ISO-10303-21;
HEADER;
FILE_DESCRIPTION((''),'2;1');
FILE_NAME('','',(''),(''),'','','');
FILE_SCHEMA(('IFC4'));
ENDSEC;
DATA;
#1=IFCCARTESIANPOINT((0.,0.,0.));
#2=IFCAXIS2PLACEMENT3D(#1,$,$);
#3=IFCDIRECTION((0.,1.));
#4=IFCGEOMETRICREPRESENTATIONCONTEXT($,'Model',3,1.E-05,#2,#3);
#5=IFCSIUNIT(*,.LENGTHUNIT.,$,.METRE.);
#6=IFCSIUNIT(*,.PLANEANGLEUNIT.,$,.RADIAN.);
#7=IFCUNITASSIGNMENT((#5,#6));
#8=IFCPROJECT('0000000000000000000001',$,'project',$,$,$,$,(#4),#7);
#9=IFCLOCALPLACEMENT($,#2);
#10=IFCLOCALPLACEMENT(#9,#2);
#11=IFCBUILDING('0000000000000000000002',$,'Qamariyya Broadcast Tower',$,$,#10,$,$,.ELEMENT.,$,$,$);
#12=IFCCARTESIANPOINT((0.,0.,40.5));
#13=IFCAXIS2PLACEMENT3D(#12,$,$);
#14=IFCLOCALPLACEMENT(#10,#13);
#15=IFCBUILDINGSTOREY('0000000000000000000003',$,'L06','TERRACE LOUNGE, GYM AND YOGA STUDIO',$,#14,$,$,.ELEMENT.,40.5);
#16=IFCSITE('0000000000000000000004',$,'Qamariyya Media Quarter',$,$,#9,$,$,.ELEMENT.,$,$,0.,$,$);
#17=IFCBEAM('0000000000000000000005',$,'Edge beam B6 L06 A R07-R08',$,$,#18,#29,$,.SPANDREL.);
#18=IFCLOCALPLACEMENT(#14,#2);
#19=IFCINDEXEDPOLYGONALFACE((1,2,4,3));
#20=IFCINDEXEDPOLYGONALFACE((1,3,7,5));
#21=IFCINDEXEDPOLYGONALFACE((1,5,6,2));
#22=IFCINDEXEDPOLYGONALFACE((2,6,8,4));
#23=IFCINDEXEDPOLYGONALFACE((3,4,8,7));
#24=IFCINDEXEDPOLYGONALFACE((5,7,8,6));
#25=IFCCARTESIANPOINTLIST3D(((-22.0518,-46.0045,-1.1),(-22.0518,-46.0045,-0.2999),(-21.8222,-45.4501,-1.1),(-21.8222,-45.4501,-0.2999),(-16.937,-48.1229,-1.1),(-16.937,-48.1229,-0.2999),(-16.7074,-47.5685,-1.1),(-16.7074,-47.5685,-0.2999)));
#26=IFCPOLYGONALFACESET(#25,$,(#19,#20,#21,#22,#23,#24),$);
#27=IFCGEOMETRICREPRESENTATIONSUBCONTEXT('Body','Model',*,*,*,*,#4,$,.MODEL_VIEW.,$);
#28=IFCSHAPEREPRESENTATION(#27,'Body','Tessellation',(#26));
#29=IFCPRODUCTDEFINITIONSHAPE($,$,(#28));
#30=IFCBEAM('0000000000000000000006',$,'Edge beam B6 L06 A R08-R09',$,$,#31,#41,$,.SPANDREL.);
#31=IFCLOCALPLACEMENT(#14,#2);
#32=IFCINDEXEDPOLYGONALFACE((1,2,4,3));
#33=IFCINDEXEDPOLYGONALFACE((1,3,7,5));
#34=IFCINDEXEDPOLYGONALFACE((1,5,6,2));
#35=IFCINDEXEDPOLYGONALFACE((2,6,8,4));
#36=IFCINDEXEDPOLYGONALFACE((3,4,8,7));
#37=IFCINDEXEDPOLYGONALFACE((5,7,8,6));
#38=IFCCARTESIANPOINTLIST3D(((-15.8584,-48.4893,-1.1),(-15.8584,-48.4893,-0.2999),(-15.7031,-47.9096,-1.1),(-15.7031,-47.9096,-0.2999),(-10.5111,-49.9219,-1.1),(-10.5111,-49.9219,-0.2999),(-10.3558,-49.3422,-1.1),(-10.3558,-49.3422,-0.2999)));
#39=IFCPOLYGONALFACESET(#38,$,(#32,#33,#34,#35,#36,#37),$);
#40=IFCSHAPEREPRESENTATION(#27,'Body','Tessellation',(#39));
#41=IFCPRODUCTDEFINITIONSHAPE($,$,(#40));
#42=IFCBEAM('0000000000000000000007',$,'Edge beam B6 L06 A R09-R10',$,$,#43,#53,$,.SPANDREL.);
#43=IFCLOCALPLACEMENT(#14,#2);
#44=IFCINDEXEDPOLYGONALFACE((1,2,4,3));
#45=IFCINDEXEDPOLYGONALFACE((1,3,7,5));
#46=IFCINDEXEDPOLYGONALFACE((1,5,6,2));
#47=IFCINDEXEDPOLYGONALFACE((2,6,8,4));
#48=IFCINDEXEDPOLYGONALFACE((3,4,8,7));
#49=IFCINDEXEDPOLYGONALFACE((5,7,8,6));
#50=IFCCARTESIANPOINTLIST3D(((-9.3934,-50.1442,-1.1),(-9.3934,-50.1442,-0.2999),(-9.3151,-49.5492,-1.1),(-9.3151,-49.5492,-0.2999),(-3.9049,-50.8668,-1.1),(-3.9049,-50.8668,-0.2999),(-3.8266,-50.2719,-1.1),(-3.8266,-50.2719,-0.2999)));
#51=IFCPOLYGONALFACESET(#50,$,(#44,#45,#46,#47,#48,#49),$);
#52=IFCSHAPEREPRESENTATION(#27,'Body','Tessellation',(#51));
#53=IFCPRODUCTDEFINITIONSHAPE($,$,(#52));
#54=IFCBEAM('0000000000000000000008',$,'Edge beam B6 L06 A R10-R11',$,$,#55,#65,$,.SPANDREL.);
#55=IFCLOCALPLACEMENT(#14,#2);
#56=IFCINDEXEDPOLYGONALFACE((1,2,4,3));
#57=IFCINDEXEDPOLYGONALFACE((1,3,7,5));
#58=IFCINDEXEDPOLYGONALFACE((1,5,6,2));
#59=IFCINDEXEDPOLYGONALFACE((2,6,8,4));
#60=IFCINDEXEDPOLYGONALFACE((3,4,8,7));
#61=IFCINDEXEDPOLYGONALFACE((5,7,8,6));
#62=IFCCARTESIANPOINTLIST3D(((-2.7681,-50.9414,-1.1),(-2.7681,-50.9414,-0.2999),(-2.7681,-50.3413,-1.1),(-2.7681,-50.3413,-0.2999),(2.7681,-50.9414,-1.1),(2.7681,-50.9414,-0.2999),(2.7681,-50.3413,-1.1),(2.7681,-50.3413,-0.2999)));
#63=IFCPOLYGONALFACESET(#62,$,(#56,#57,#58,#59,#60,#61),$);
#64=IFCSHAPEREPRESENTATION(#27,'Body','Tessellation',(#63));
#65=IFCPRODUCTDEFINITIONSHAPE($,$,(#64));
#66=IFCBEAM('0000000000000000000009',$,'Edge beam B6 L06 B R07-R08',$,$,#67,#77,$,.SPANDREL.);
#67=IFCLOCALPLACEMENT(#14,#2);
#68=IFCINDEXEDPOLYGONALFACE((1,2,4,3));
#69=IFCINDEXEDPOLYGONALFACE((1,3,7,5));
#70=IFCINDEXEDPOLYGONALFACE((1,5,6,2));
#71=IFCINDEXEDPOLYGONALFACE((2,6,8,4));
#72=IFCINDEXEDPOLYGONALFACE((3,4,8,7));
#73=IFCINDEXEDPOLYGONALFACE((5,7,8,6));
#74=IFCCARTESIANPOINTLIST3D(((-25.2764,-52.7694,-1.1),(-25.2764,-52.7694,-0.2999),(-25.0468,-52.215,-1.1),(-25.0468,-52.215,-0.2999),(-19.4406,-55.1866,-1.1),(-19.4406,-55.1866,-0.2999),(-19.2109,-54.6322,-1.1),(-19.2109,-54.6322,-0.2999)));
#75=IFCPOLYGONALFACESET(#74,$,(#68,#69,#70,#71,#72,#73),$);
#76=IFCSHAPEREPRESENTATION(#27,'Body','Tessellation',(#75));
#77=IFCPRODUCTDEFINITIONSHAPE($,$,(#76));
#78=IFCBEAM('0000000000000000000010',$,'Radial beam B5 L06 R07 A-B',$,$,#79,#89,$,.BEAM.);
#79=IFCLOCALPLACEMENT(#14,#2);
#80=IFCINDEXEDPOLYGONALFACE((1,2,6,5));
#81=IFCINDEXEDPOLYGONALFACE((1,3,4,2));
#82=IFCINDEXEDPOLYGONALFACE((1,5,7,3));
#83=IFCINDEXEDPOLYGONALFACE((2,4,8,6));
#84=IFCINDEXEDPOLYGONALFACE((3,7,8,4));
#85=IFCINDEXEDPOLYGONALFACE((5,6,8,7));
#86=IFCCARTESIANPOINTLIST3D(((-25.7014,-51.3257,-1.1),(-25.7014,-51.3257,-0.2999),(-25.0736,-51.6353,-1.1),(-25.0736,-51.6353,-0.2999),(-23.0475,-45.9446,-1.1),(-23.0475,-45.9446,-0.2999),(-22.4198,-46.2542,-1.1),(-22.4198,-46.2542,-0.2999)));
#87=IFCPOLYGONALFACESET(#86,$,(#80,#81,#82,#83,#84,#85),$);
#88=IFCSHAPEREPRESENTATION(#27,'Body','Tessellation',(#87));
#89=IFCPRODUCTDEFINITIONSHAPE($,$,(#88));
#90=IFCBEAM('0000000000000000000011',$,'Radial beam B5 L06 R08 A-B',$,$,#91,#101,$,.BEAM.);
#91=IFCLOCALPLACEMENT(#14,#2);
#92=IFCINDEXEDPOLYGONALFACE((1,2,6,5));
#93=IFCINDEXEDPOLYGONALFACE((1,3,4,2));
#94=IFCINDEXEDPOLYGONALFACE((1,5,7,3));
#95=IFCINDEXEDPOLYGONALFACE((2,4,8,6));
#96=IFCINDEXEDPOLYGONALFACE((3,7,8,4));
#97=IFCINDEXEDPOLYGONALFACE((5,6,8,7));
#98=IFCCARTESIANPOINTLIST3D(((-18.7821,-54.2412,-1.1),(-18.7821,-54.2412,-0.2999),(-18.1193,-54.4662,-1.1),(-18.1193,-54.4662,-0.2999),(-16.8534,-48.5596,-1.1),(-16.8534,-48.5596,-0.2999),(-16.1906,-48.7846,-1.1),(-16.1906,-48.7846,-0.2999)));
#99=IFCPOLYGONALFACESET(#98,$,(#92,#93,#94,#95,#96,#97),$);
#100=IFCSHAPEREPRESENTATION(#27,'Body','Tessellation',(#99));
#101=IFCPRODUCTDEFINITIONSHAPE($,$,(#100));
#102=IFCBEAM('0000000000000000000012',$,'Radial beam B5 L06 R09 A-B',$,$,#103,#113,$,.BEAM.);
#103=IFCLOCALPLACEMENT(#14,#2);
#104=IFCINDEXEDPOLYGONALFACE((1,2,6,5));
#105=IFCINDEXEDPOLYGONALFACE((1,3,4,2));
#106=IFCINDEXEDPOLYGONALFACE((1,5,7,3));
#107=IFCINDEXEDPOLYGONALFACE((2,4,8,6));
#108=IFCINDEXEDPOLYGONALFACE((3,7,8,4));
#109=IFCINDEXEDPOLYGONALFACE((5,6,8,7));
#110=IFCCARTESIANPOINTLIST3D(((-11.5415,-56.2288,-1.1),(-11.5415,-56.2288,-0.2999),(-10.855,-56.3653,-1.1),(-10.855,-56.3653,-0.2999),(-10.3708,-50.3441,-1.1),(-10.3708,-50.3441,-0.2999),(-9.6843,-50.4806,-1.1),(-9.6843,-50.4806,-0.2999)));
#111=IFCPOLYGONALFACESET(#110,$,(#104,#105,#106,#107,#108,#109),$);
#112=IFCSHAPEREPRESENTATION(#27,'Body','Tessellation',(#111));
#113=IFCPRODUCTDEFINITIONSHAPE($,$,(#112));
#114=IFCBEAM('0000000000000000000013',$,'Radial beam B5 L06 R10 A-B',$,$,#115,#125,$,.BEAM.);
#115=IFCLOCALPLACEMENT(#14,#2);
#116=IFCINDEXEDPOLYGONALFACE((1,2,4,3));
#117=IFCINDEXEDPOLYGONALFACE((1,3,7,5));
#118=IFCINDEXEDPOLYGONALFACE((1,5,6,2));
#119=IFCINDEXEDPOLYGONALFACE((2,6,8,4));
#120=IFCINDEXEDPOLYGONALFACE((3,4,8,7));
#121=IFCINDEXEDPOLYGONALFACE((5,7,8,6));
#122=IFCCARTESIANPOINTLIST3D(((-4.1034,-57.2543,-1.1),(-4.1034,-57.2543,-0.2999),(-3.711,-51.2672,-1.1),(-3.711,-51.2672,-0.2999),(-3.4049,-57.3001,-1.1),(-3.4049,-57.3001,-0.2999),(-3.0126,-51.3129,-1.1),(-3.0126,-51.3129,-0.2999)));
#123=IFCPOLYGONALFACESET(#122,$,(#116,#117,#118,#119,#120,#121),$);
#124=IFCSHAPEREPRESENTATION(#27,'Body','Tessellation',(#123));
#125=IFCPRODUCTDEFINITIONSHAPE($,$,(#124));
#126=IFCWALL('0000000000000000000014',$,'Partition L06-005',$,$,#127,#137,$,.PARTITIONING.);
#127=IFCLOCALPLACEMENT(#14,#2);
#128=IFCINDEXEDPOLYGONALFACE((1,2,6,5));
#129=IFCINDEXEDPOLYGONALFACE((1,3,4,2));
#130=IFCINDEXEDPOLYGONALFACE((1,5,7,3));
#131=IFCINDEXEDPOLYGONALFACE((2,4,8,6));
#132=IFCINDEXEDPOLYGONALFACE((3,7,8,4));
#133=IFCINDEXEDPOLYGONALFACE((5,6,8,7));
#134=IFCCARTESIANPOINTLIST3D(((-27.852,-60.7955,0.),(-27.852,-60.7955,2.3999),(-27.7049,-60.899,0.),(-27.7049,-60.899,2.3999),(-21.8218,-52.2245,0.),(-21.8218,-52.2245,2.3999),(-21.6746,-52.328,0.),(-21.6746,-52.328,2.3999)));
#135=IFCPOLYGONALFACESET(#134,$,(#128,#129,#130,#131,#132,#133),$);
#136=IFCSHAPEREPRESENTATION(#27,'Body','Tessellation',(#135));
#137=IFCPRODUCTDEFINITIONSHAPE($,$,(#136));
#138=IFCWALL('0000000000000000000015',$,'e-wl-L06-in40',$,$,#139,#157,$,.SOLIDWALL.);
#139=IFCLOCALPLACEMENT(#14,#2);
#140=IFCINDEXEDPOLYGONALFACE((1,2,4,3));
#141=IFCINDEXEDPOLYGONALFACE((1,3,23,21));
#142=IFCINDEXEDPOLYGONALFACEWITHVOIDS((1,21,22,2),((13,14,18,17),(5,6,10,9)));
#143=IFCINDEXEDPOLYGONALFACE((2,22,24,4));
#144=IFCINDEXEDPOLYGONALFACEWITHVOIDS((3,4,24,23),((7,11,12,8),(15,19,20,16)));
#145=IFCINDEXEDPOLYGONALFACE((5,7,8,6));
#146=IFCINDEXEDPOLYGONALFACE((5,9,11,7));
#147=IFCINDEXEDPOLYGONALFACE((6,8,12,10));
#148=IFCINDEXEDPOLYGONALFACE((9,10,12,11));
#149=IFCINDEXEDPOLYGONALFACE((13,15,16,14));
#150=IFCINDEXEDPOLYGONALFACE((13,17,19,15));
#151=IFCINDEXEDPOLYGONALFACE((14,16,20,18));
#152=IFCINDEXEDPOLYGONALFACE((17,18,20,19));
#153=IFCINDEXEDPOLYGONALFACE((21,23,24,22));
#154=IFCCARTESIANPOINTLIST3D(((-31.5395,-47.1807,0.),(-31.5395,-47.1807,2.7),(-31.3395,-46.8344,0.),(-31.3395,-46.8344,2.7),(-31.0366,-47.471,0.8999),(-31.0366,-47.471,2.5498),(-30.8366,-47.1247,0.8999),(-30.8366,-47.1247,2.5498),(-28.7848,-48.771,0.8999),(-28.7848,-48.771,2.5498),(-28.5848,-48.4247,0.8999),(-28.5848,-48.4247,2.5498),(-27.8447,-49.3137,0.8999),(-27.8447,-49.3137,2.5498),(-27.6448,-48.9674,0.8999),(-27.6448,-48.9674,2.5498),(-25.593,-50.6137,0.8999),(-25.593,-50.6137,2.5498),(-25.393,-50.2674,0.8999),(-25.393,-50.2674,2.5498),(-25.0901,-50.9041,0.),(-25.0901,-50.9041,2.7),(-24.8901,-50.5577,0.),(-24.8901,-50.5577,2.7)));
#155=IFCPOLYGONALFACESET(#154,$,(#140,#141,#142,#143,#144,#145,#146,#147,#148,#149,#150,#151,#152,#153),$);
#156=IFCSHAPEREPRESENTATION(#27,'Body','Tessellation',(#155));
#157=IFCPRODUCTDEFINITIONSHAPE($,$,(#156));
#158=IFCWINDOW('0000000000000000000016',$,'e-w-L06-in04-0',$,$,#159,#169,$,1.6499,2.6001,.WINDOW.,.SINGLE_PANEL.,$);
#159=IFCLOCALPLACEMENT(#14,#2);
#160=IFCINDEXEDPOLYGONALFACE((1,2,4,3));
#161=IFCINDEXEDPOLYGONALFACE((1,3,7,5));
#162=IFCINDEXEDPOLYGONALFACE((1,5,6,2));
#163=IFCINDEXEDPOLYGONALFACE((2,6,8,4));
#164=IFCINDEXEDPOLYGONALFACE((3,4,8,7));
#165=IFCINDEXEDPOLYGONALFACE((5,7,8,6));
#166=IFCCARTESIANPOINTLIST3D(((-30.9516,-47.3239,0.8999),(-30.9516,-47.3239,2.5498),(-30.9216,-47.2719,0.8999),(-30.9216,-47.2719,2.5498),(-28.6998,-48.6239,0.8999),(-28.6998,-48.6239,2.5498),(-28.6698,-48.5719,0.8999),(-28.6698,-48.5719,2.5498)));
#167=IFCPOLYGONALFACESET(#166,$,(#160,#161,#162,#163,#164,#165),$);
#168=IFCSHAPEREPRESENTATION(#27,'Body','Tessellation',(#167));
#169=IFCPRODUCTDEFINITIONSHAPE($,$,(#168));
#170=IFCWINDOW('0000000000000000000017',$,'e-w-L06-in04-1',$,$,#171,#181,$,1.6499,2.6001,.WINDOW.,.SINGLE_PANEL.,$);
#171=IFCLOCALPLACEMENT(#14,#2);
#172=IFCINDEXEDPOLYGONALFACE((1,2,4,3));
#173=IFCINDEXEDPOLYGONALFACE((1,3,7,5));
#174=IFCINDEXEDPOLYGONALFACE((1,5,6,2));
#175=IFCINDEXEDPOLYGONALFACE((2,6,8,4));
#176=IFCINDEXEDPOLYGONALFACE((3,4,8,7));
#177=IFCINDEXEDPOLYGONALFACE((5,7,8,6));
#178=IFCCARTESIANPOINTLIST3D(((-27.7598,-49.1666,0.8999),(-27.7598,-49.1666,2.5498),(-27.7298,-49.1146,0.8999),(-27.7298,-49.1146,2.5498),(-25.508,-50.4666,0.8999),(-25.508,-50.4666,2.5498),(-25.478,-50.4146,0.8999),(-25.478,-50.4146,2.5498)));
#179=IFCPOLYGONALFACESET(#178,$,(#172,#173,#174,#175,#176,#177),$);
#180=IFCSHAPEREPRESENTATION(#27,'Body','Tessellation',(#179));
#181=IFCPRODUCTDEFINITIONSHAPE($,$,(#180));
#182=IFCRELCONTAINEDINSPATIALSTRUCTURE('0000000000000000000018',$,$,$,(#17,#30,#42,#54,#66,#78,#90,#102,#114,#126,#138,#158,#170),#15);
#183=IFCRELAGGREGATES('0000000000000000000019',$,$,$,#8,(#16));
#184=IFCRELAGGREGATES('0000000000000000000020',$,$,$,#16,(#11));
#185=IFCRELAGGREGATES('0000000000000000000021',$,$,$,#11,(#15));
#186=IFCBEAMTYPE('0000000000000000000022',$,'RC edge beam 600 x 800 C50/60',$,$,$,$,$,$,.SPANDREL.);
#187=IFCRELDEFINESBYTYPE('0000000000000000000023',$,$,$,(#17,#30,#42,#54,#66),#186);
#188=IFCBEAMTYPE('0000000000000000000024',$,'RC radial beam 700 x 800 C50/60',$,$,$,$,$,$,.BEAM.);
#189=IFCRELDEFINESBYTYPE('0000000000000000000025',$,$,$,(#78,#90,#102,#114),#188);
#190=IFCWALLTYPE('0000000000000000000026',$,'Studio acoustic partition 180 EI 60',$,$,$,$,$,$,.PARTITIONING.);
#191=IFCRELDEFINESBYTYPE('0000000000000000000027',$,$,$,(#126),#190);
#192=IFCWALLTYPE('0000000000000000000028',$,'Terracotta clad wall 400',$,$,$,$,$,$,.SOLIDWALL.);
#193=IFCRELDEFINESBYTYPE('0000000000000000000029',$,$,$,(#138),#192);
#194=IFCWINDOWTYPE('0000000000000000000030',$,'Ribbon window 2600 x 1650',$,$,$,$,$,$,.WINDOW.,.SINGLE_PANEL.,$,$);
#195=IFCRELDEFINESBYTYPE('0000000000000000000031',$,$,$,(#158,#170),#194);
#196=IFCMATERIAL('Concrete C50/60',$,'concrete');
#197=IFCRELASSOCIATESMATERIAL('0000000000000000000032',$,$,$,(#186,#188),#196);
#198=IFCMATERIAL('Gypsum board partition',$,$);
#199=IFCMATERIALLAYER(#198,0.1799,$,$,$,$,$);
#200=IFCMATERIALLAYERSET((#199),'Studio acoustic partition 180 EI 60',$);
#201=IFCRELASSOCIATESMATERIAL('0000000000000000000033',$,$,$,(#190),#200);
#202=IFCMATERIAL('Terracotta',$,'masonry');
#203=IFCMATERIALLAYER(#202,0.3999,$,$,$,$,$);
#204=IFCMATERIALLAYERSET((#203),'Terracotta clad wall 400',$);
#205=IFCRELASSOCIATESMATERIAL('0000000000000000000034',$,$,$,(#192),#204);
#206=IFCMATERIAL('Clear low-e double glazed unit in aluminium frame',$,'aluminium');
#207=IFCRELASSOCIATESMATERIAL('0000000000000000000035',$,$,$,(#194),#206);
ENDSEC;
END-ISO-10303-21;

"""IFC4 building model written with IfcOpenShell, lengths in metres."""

from ifc_helpers import new_model, si_unit, direction, frame, frame_2d, origin, origin_2d, place, context, subcontext, project, spatial, rectangle, extrude, material, layer, layer_set, material_profile, profile_set, type_object, element, fill, save


model = new_model("IFC4")

# Units and contexts
model_context = context("Model", 3, precision=1e-05, world=origin(), true_north=direction((0.0, 1.0)))
body_context = subcontext(model_context, "Body", "Model", "MODEL_VIEW")
ifc_project = project(units=[si_unit("LENGTHUNIT", "METRE"), si_unit("PLANEANGLEUNIT", "RADIAN")], contexts=[model_context])

# Site, building, storey
site_placement = place(None, origin())
site = spatial("IfcSite", under=ifc_project, at=site_placement, Name="Qamariyya Media Quarter", CompositionType="ELEMENT", RefElevation=0.0)
building_placement = place(site_placement, origin())
building = spatial("IfcBuilding", under=site, at=building_placement, Name="Qamariyya Broadcast Tower", CompositionType="ELEMENT")
storey_placement = place(building_placement, frame((0.0, 0.0, 40.5)))
storey = spatial("IfcBuildingStorey", under=building, at=storey_placement, Name="L06", Description="TERRACE LOUNGE, GYM AND YOGA STUDIO", CompositionType="ELEMENT", Elevation=40.5)

# Beams
ifc_material_1 = material(Name="Concrete C50/60", Category="concrete")
ifc_material_profile_1 = material_profile(ifc_material_1, rectangle(XDim=0.6001, YDim=0.8, at=origin_2d()))
ifc_profile_set_1 = profile_set([ifc_material_profile_1], Name="Concrete C50/60")
beam_type_1 = type_object("IfcBeamType", Name="RC edge beam 600 x 800 C50/60", PredefinedType="SPANDREL", material=ifc_profile_set_1)
beam_1_placement = place(storey_placement, frame((-21.937, -45.7273, -0.7), z_axis=(0.923892, -0.382654, 0.0), x_axis=(0.382654, 0.923892, 0.0)))
element("IfcBeam", 1, at=beam_1_placement, inside=storey, type_object=beam_type_1, Name="Edge beam B6 L06 A R07-R08", PredefinedType="SPANDREL", context=body_context, shape_type="SweptSolid", body=[
    extrude(rectangle(XDim=0.6001, YDim=0.8, at=origin_2d()), origin(), (0.0, 0.0, 1.0), 5.5361),
])
for number, where, z_axis, x_axis, name in (
    (2, (-15.7808, -48.1995, -0.7), (0.965936, -0.258782, 0.0), (0.258782, 0.965936, 0.0), "Edge beam B6 L06 A R08-R09"),
    (3, (-9.3542, -49.8467, -0.7), (0.991443, -0.13054, 0.0), (0.13054, 0.991443, 0.0), "Edge beam B6 L06 A R09-R10"),
):
    element("IfcBeam", number, at=place(storey_placement, frame(where, z_axis=z_axis, x_axis=x_axis)), inside=storey, type_object=beam_type_1, Name=name, PredefinedType="SPANDREL", context=body_context, shape_type="SweptSolid", body=[
        extrude(rectangle(XDim=0.6001, YDim=0.8, at=origin_2d()), origin(), (0.0, 0.0, 1.0), 5.5359),
    ])
beam_2_placement = place(storey_placement, frame((-2.7681, -50.6414, -0.7), z_axis=(1.0, 0.0, 0.0), x_axis=(0.0, 1.0, 0.0)))
element("IfcBeam", 4, at=beam_2_placement, inside=storey, type_object=beam_type_1, Name="Edge beam B6 L06 A R10-R11", PredefinedType="SPANDREL", context=body_context, shape_type="SweptSolid", body=[
    extrude(rectangle(XDim=0.6001, YDim=0.8, at=origin_2d()), origin(), (0.0, 0.0, 1.0), 5.5361),
])
beam_3_placement = place(storey_placement, frame((-25.1616, -52.4922, -0.7), z_axis=(0.923884, -0.382672, 0.0), x_axis=(0.382672, 0.923884, 0.0)))
element("IfcBeam", 5, at=beam_3_placement, inside=storey, type_object=beam_type_1, Name="Edge beam B6 L06 B R07-R08", PredefinedType="SPANDREL", context=body_context, shape_type="SweptSolid", body=[
    extrude(rectangle(XDim=0.6001, YDim=0.8, at=origin_2d()), origin(), (0.0, 0.0, 1.0), 6.3167),
])
ifc_material_profile_2 = material_profile(ifc_material_1, rectangle(XDim=0.7, YDim=0.8, at=origin_2d()))
ifc_profile_set_2 = profile_set([ifc_material_profile_2], Name="Concrete C50/60")
beam_type_2 = type_object("IfcBeamType", Name="RC radial beam 700 x 800 C50/60", PredefinedType="BEAM", material=ifc_profile_set_2)
for number, where, z_axis, x_axis, name in (
    (6, (-22.7336, -46.0994, -0.7), (-0.442308, -0.896863, 0.0), (0.896863, -0.442308, 0.0), "Radial beam B5 L06 R07 A-B"),
    (7, (-16.522, -48.6721, -0.7), (-0.321448, -0.946927, 0.0), (0.946927, -0.321448, 0.0), "Radial beam B5 L06 R08 A-B"),
    (8, (-10.0276, -50.4124, -0.7), (-0.195107, -0.980782, 0.0), (0.980782, -0.195107, 0.0), "Radial beam B5 L06 R09 A-B"),
    (9, (-3.3618, -51.29, -0.7), (-0.06539, -0.99786, 0.0), (0.99786, -0.06539, 0.0), "Radial beam B5 L06 R10 A-B"),
):
    element("IfcBeam", number, at=place(storey_placement, frame(where, z_axis=z_axis, x_axis=x_axis)), inside=storey, type_object=beam_type_2, Name=name, PredefinedType="BEAM", context=body_context, shape_type="SweptSolid", body=[
        extrude(rectangle(XDim=0.7, YDim=0.8, at=origin_2d()), origin(), (0.0, 0.0, 1.0), 6.0),
    ])

# Wall
ifc_material_2 = material(Name="Gypsum board partition")
ifc_layer_1 = layer(ifc_material_2, 0.1799)
ifc_layer_set_1 = layer_set([ifc_layer_1], Name="Studio acoustic partition 180 EI 60")
wall_type_1 = type_object("IfcWallType", Name="Studio acoustic partition 180 EI 60", PredefinedType="PARTITIONING", material=ifc_layer_set_1)
wall_1_placement = place(storey_placement, frame((-21.7483, -52.2764, 0.0), z_axis=(0.0, 0.0, 1.0), x_axis=(-0.575417, -0.81786, 0.0)))
element("IfcWall", 10, at=wall_1_placement, inside=storey, type_object=wall_type_1, Name="Partition L06-005", PredefinedType="PARTITIONING", context=body_context, shape_type="SweptSolid", body=[
    extrude(rectangle(XDim=10.4797, YDim=0.1799, at=frame_2d((5.2397, 0.0))), origin(), (0.0, 0.0, 1.0), 2.3999),
])

# Wall, openings, windows
ifc_material_3 = material(Name="Terracotta", Category="masonry")
ifc_layer_2 = layer(ifc_material_3, 0.3999)
ifc_layer_set_2 = layer_set([ifc_layer_2], Name="Terracotta clad wall 400")
wall_type_2 = type_object("IfcWallType", Name="Terracotta clad wall 400", PredefinedType="SOLIDWALL", material=ifc_layer_set_2)
wall_2_placement = place(storey_placement, frame((-24.99, -50.731, 0.0), z_axis=(0.0, 0.0, 1.0), x_axis=(-0.866038, 0.499979, 0.0)))
wall_2 = element("IfcWall", 11, at=wall_2_placement, inside=storey, type_object=wall_type_2, Name="e-wl-L06-in40", PredefinedType="SOLIDWALL", context=body_context, shape_type="SweptSolid", body=[
    extrude(rectangle(XDim=7.447, YDim=0.3999, at=frame_2d((3.7236, 0.0))), origin(), (0.0, 0.0, 1.0), 2.7),
])
opening_1_placement = place(wall_2_placement, frame((4.2664, 0.0, 0.8999)))
opening_1 = element("IfcOpeningElement", 12, at=opening_1_placement, cuts=wall_2, PredefinedType="OPENING", context=body_context, shape_type="SweptSolid", body=[
    extrude(rectangle(XDim=2.6001, YDim=1.6499, at=frame_2d((1.3, 0.825))), frame((0.0, 0.21, 0.0), z_axis=(0.0, -1.0, 0.0), x_axis=(1.0, 0.0, 0.0)), (0.0, 0.0, 1.0), 0.4199),
])
opening_2_placement = place(wall_2_placement, frame((0.5808, 0.0, 0.8999)))
opening_2 = element("IfcOpeningElement", 13, at=opening_2_placement, cuts=wall_2, PredefinedType="OPENING", context=body_context, shape_type="SweptSolid", body=[
    extrude(rectangle(XDim=2.6001, YDim=1.6499, at=frame_2d((1.3, 0.825))), frame((0.0, 0.21, 0.0), z_axis=(0.0, -1.0, 0.0), x_axis=(1.0, 0.0, 0.0)), (0.0, 0.0, 1.0), 0.4199),
])
ifc_material_4 = material(Name="Clear low-e double glazed unit in aluminium frame", Category="aluminium")
window_type = type_object("IfcWindowType", Name="Ribbon window 2600 x 1650", PartitioningType="SINGLE_PANEL", PredefinedType="WINDOW", material=ifc_material_4)
window_1_placement = place(opening_1_placement, origin())
window_1 = element("IfcWindow", 14, at=window_1_placement, inside=storey, type_object=window_type, Name="e-w-L06-in04-0", OverallHeight=1.6499, OverallWidth=2.6001, PartitioningType="SINGLE_PANEL", PredefinedType="WINDOW", context=body_context, shape_type="SweptSolid", body=[
    extrude(rectangle(XDim=2.6001, YDim=1.6499, at=frame_2d((1.3, 0.825))), frame((0.0, 0.03, 0.0), z_axis=(0.0, -1.0, 0.0), x_axis=(1.0, 0.0, 0.0)), (0.0, 0.0, 1.0), 0.0601),
])
fill(opening_1, window_1)
window_2_placement = place(opening_2_placement, origin())
window_2 = element("IfcWindow", 15, at=window_2_placement, inside=storey, type_object=window_type, Name="e-w-L06-in04-1", OverallHeight=1.6499, OverallWidth=2.6001, PartitioningType="SINGLE_PANEL", PredefinedType="WINDOW", context=body_context, shape_type="SweptSolid", body=[
    extrude(rectangle(XDim=2.6001, YDim=1.6499, at=frame_2d((1.3, 0.825))), frame((0.0, 0.03, 0.0), z_axis=(0.0, -1.0, 0.0), x_axis=(1.0, 0.0, 0.0)), (0.0, 0.0, 1.0), 0.0601),
])
fill(opening_2, window_2)

save(model, "model.ifc")
